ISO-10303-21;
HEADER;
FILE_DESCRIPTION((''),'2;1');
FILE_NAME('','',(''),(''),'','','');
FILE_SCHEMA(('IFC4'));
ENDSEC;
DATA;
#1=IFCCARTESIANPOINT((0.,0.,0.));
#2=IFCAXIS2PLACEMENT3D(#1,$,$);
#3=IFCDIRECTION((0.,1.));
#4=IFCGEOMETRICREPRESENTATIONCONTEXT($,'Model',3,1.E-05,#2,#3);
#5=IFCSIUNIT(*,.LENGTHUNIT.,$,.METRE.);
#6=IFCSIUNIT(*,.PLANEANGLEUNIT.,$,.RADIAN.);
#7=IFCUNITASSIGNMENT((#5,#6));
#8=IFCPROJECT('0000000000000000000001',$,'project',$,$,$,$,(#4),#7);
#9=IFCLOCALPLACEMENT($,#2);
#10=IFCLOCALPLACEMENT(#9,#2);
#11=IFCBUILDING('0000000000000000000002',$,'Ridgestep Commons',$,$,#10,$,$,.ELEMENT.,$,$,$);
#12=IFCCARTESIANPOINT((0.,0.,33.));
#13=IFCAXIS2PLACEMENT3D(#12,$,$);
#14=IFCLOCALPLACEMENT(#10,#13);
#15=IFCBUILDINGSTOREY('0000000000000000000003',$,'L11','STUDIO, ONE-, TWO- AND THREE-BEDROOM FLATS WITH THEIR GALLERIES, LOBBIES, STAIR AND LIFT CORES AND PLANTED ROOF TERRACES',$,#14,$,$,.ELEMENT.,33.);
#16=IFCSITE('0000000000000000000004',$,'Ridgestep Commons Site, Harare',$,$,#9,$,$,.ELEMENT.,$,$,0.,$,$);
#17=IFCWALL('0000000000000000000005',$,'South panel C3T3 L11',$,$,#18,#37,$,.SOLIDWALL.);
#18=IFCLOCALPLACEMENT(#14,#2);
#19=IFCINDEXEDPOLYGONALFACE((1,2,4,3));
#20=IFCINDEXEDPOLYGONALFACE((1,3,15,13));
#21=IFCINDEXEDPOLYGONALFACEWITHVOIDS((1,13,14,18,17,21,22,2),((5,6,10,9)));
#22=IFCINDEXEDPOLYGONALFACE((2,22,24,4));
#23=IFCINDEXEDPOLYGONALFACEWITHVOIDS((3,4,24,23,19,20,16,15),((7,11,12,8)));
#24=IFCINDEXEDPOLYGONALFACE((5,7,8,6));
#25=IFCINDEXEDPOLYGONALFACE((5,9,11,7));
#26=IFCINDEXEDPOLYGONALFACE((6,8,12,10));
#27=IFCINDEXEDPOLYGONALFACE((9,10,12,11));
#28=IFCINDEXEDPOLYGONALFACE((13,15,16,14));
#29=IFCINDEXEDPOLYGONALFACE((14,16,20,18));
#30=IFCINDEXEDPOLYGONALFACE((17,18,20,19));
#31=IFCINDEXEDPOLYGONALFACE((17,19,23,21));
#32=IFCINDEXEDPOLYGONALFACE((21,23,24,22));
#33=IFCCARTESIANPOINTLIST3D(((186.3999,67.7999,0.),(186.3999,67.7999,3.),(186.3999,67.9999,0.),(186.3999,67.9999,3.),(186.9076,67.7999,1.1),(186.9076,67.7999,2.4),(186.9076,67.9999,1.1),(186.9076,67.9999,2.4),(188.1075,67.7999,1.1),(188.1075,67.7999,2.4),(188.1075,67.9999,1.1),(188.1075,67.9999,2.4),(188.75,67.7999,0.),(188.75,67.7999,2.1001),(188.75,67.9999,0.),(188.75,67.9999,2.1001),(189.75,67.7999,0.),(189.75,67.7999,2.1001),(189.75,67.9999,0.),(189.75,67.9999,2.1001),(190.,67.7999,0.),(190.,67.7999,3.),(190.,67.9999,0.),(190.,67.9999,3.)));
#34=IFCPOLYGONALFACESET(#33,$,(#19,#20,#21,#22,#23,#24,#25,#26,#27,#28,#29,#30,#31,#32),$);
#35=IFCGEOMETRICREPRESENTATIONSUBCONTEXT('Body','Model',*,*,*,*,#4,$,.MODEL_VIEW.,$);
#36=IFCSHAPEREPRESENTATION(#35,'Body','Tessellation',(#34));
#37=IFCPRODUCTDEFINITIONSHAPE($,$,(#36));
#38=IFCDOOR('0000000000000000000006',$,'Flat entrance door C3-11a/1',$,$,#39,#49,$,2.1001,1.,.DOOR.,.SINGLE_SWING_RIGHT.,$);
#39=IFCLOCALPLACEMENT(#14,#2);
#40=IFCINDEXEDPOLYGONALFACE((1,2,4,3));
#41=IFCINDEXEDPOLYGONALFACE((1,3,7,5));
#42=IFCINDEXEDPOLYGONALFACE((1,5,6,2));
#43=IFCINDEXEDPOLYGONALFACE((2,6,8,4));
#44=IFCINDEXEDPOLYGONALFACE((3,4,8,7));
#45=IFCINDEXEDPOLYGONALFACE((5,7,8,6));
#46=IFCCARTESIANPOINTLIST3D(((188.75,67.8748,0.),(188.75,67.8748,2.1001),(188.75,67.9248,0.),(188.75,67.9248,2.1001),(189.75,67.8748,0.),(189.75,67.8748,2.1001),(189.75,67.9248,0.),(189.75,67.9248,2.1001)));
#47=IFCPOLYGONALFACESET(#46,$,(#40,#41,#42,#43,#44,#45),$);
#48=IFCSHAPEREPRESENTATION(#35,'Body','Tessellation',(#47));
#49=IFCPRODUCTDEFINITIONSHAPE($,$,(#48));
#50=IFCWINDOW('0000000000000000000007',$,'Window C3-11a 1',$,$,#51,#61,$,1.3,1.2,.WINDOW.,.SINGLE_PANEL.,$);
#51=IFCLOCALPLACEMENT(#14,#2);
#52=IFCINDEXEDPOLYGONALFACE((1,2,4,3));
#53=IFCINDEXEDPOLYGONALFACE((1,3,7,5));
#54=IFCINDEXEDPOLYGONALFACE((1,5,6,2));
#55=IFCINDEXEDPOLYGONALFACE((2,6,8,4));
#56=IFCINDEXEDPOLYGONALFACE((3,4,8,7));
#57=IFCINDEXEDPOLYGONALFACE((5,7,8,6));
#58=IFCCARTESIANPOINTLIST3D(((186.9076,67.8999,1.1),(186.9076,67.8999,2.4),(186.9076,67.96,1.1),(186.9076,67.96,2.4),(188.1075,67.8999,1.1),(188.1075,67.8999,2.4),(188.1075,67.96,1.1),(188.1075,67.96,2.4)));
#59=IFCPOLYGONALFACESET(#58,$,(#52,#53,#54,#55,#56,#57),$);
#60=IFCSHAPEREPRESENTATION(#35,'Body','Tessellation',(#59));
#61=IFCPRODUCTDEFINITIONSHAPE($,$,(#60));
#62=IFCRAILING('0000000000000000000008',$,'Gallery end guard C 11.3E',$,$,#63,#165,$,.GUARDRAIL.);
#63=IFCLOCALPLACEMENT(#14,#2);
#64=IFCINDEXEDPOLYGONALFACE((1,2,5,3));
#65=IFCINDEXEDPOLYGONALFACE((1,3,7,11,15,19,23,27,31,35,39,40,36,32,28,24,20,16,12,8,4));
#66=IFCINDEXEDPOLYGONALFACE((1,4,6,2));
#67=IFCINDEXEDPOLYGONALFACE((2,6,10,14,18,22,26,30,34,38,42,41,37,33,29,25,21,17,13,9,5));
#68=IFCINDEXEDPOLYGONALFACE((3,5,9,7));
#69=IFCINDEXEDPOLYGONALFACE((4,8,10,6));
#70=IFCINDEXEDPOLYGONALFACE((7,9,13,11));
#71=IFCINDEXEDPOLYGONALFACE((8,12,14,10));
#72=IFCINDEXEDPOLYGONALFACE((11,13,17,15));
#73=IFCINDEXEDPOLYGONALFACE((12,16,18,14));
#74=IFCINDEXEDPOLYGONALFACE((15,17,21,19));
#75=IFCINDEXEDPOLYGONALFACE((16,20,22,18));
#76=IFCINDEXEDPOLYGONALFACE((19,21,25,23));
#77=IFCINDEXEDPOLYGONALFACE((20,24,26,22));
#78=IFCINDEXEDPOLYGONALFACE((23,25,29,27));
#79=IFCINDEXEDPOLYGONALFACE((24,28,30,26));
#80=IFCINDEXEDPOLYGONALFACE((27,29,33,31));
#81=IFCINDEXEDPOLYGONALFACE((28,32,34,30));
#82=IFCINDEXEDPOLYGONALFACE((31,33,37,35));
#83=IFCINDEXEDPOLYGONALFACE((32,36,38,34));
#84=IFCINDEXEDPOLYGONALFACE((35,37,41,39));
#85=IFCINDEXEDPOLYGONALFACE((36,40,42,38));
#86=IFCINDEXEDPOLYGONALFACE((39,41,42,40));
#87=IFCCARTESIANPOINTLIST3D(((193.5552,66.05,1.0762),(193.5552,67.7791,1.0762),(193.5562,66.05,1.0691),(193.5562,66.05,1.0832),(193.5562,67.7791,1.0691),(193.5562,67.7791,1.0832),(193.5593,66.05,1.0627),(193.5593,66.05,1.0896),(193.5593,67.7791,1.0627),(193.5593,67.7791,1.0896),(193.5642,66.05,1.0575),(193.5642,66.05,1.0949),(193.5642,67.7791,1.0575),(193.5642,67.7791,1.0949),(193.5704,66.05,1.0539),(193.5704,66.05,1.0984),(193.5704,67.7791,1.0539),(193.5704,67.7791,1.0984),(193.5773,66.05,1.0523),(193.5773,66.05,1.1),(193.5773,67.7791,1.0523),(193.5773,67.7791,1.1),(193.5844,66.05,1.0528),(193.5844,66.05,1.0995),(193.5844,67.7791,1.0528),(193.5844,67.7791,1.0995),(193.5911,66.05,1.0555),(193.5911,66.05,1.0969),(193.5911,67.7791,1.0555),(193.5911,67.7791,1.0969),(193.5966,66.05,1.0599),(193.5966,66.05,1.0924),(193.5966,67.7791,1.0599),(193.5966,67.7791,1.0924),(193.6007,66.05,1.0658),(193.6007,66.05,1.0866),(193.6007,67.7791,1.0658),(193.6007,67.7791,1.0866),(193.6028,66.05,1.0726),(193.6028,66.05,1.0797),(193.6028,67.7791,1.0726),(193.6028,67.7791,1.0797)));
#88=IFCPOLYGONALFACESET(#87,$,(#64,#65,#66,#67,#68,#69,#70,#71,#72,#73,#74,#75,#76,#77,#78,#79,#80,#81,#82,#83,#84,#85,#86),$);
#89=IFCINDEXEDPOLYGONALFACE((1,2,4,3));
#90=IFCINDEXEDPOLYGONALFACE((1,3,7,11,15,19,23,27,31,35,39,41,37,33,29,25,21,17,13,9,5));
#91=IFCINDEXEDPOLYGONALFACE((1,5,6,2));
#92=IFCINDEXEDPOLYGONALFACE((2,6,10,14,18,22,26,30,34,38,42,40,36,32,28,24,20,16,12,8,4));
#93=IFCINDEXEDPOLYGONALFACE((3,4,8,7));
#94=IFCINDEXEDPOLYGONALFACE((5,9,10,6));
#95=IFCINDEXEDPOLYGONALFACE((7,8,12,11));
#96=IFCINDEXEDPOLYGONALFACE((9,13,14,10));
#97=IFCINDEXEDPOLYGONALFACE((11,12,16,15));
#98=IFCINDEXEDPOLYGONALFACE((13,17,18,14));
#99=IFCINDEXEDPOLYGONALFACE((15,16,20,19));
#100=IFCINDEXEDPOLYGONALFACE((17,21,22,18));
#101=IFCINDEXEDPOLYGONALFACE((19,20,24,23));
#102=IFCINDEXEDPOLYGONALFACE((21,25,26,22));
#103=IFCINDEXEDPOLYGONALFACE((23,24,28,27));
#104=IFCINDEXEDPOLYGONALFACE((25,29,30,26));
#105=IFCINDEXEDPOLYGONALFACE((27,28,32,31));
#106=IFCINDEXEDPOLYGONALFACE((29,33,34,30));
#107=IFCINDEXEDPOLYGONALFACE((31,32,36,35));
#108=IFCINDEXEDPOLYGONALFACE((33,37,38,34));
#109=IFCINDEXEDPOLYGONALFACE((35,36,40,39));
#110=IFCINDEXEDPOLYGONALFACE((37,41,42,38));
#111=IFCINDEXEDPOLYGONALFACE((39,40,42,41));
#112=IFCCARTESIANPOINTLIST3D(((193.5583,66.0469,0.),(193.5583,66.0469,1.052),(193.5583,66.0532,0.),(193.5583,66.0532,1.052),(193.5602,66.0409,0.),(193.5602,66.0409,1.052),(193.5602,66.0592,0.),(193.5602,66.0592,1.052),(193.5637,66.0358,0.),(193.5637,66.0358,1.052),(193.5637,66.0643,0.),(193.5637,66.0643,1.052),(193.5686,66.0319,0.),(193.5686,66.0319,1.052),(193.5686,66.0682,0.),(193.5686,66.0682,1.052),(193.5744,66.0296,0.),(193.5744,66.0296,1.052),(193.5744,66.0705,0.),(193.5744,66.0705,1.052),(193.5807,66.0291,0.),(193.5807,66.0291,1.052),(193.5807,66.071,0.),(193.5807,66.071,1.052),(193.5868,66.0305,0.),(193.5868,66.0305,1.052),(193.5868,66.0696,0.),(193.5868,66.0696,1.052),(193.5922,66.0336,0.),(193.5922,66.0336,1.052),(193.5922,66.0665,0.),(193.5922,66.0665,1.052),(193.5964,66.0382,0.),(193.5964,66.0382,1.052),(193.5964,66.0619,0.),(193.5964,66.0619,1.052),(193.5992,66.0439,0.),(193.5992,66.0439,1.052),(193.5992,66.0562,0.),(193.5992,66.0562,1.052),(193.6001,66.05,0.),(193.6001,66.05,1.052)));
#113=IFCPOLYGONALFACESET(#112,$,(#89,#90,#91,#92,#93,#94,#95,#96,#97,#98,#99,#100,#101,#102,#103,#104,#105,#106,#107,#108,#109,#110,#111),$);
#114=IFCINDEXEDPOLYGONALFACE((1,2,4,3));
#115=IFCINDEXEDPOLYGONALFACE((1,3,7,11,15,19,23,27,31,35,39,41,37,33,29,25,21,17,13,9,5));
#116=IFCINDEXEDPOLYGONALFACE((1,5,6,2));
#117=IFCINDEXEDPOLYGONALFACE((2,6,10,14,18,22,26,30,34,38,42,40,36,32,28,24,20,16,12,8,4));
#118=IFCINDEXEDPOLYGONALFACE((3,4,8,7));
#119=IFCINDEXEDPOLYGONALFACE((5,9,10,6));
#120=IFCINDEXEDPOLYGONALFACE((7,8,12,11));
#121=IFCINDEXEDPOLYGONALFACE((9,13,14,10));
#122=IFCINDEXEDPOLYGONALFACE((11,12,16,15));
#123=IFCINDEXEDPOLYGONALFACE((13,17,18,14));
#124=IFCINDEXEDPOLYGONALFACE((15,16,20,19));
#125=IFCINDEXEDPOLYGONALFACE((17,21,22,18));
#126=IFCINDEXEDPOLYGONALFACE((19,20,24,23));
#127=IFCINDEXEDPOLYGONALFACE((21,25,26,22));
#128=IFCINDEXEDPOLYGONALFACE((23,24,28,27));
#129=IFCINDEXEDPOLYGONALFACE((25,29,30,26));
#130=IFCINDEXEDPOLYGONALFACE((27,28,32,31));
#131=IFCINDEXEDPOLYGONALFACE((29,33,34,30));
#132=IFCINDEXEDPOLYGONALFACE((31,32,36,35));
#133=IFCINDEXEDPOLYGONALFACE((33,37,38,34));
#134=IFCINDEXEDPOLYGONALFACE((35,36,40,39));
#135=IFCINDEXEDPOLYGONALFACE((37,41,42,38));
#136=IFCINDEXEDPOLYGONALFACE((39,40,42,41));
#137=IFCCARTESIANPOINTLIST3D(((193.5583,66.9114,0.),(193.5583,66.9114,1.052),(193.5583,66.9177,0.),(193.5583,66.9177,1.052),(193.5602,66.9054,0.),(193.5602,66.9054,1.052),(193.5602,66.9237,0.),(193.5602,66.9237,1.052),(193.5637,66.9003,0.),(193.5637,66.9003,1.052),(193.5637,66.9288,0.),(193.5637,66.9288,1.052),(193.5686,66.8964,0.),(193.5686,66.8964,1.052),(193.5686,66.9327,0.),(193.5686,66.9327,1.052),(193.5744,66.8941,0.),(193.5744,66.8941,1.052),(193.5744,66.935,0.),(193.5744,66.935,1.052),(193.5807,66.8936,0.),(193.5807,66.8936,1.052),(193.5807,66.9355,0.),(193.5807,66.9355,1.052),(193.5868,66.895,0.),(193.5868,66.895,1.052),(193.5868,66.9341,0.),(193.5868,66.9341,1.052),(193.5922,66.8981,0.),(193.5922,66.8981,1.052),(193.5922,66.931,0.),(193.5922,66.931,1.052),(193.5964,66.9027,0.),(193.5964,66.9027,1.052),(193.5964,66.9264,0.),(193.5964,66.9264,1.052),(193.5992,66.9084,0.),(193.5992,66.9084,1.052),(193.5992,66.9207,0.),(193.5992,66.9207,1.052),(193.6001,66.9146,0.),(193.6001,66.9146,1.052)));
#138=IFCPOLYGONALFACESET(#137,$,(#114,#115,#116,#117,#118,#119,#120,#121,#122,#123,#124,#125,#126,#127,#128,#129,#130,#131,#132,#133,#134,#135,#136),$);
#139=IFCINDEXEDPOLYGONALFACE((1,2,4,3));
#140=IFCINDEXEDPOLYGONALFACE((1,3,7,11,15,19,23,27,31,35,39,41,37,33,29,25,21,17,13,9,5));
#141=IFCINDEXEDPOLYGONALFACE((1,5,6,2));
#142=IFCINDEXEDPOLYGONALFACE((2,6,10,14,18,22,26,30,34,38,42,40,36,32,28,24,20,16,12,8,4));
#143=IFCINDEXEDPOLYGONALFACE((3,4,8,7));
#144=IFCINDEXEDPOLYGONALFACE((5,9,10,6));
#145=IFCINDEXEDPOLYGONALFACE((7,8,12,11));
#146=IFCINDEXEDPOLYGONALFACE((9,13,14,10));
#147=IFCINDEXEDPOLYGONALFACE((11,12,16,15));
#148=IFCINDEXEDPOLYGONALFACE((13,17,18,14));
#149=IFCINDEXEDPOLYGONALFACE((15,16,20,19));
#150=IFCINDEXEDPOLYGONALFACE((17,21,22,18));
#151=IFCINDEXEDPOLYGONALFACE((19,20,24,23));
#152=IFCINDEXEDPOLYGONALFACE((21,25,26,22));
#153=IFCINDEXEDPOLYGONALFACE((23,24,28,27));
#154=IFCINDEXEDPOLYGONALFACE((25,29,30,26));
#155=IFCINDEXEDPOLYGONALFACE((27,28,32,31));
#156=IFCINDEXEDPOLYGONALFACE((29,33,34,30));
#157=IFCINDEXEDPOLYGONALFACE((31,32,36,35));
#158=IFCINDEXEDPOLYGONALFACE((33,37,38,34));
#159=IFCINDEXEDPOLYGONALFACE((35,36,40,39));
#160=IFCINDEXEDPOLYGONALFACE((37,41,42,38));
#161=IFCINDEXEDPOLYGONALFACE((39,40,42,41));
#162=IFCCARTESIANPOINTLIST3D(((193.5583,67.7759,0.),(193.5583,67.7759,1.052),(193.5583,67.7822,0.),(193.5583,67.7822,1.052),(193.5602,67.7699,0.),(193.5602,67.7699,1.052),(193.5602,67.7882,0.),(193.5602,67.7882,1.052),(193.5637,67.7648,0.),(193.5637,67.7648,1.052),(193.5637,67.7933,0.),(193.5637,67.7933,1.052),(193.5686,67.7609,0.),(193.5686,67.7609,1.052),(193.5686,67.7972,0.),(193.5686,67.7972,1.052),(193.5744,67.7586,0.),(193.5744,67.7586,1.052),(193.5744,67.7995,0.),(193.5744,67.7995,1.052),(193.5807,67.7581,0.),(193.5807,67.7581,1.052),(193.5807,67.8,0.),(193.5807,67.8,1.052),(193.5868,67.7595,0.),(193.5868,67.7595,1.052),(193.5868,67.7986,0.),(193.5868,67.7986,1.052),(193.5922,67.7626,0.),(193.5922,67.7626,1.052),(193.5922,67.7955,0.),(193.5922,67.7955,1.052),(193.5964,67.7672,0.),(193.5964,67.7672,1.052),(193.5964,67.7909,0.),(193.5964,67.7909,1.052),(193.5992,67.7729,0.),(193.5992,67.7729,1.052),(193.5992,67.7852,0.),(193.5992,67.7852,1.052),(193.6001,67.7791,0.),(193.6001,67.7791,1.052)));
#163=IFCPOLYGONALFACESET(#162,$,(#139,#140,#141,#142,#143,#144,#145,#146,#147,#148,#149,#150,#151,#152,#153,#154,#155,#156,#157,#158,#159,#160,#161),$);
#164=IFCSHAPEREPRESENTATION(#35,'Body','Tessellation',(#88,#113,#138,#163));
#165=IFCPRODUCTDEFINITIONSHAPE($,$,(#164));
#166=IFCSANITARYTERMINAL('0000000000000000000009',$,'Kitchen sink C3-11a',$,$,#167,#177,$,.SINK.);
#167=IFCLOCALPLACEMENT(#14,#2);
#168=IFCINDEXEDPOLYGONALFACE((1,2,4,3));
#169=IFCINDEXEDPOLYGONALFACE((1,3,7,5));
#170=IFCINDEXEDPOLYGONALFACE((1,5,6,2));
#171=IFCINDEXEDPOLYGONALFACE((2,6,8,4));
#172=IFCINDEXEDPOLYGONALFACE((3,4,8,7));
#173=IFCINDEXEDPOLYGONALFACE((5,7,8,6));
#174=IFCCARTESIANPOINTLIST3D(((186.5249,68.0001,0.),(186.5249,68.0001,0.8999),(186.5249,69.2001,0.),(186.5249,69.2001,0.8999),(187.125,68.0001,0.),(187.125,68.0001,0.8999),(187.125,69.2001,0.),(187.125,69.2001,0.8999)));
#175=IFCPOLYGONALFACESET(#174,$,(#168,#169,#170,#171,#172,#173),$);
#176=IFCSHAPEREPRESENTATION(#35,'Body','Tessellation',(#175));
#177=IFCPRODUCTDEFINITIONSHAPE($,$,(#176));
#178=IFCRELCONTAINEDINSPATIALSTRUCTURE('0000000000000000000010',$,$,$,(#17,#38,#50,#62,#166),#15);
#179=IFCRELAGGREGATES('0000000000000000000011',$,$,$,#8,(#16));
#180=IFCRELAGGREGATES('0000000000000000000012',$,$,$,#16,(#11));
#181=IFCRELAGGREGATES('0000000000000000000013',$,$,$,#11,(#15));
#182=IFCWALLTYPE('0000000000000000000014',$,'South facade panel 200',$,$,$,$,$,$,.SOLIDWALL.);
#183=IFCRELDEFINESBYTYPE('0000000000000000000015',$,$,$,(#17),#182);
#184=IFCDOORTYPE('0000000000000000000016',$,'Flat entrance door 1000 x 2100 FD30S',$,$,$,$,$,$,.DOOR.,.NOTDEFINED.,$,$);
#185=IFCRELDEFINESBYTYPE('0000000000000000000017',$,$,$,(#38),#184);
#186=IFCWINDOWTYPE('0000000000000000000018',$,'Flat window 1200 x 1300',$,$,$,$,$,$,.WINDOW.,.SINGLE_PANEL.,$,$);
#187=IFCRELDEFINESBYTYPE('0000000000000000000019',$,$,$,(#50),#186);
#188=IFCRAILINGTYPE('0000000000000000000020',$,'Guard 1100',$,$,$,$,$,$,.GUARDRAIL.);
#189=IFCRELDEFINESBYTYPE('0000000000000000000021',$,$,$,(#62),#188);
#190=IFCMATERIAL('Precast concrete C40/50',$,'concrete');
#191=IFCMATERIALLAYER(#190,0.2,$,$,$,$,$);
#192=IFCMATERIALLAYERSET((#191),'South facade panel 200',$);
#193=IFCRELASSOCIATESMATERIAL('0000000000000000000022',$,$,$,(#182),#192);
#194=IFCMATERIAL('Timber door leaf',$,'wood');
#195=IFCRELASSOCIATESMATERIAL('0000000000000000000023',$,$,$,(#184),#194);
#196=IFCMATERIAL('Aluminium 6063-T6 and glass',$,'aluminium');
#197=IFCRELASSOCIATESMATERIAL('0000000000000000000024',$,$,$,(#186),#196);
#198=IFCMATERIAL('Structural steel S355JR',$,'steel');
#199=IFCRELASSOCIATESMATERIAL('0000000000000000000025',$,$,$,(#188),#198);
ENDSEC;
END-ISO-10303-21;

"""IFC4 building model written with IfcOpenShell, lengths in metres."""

from ifc_helpers import new_model, si_unit, direction, frame, frame_2d, origin, origin_2d, place, context, subcontext, project, spatial, rectangle, circle, extrude, material, layer, layer_set, type_object, element, fill, save


model = new_model("IFC4")

# Units and contexts
model_context = context("Model", 3, precision=1e-05, world=origin(), true_north=direction((0.0, 1.0)))
body_context = subcontext(model_context, "Body", "Model", "MODEL_VIEW")
ifc_project = project(units=[si_unit("LENGTHUNIT", "METRE"), si_unit("PLANEANGLEUNIT", "RADIAN")], contexts=[model_context])

# Site, building, storey
site_placement = place(None, origin())
site = spatial("IfcSite", under=ifc_project, at=site_placement, Name="Ridgestep Commons Site, Harare", CompositionType="ELEMENT", RefElevation=0.0)
building_placement = place(site_placement, origin())
building = spatial("IfcBuilding", under=site, at=building_placement, Name="Ridgestep Commons", CompositionType="ELEMENT")
storey_placement = place(building_placement, frame((0.0, 0.0, 33.0)))
storey = spatial("IfcBuildingStorey", under=building, at=storey_placement, Name="L11", Description="STUDIO, ONE-, TWO- AND THREE-BEDROOM FLATS WITH THEIR GALLERIES, LOBBIES, STAIR AND LIFT CORES AND PLANTED ROOF TERRACES", CompositionType="ELEMENT", Elevation=33.0)

# Wall, openings, door, window
ifc_material_1 = material(Name="Precast concrete C40/50", Category="concrete")
ifc_layer_1 = layer(ifc_material_1, 0.2)
ifc_layer_set_1 = layer_set([ifc_layer_1], Name="South facade panel 200")
wall_type_1 = type_object("IfcWallType", Name="South facade panel 200", PredefinedType="SOLIDWALL", material=ifc_layer_set_1)
wall_1_placement = place(storey_placement, frame((186.3999, 67.8999, 0.0), z_axis=(0.0, 0.0, 1.0), x_axis=(1.0, 0.0, 0.0)))
wall_1 = element("IfcWall", 1, at=wall_1_placement, inside=storey, type_object=wall_type_1, Name="South panel C3T3 L11", PredefinedType="SOLIDWALL", context=body_context, shape_type="SweptSolid", body=[
    extrude(rectangle(XDim=3.6001, YDim=0.2, at=frame_2d((1.8, 0.0))), origin(), (0.0, 0.0, 1.0), 3.0),
])
opening_1_placement = place(wall_1_placement, frame((0.5076, 0.0, 1.1001)))
opening_1 = element("IfcOpeningElement", 2, at=opening_1_placement, cuts=wall_1, PredefinedType="OPENING", context=body_context, shape_type="SweptSolid", body=[
    extrude(rectangle(XDim=1.2, YDim=1.3, at=frame_2d((0.6001, 0.6499))), frame((0.0, 0.1099, 0.0), z_axis=(0.0, -1.0, 0.0), x_axis=(1.0, 0.0, 0.0)), (0.0, 0.0, 1.0), 0.22),
])
opening_2_placement = place(wall_1_placement, frame((2.3501, 0.0, 0.0)))
opening_2 = element("IfcOpeningElement", 3, at=opening_2_placement, cuts=wall_1, PredefinedType="OPENING", context=body_context, shape_type="SweptSolid", body=[
    extrude(rectangle(XDim=1.0, YDim=2.1001, at=frame_2d((0.5, 1.05))), frame((0.0, 0.1099, 0.0), z_axis=(0.0, -1.0, 0.0), x_axis=(1.0, 0.0, 0.0)), (0.0, 0.0, 1.0), 0.22),
])
ifc_material_2 = material(Name="Timber door leaf", Category="wood")
door_type_1 = type_object("IfcDoorType", Name="Flat entrance door 1000 x 2100 FD30S", OperationType="NOTDEFINED", PredefinedType="DOOR", material=ifc_material_2)
door_1_placement = place(opening_2_placement, origin())
door_1 = element("IfcDoor", 4, at=door_1_placement, inside=storey, type_object=door_type_1, Name="Flat entrance door C3-11a/1", OperationType="SINGLE_SWING_RIGHT", OverallHeight=2.1001, OverallWidth=1.0, PredefinedType="DOOR", context=body_context, shape_type="SweptSolid", body=[
    extrude(rectangle(XDim=1.0, YDim=2.1001, at=frame_2d((0.5, 1.05))), frame((0.0, 0.0249, 0.0), z_axis=(0.0, -1.0, 0.0), x_axis=(1.0, 0.0, 0.0)), (0.0, 0.0, 1.0), 0.05),
])
fill(opening_2, door_1)
ifc_material_3 = material(Name="Aluminium 6063-T6 and glass", Category="aluminium")
window_type_1 = type_object("IfcWindowType", Name="Flat window 1200 x 1300", PartitioningType="SINGLE_PANEL", PredefinedType="WINDOW", material=ifc_material_3)
window_1_placement = place(opening_1_placement, origin())
window_1 = element("IfcWindow", 5, at=window_1_placement, inside=storey, type_object=window_type_1, Name="Window C3-11a 1", OverallHeight=1.3, OverallWidth=1.2, PartitioningType="SINGLE_PANEL", PredefinedType="WINDOW", context=body_context, shape_type="SweptSolid", body=[
    extrude(rectangle(XDim=1.2, YDim=1.3, at=frame_2d((0.6001, 0.6499))), frame((0.0, 0.0601, 0.0), z_axis=(0.0, -1.0, 0.0), x_axis=(1.0, 0.0, 0.0)), (0.0, 0.0, 1.0), 0.0601),
])
fill(opening_1, window_1)

# Railing
ifc_material_4 = material(Name="Structural steel S355JR", Category="steel")
railing_type = type_object("IfcRailingType", Name="Guard 1100", PredefinedType="GUARDRAIL", material=ifc_material_4)
railing_1_placement = place(storey_placement, frame((193.5791, 66.05, 0.0)))
element("IfcRailing", 6, at=railing_1_placement, inside=storey, type_object=railing_type, Name="Gallery end guard C 11.3E", PredefinedType="GUARDRAIL", context=body_context, shape_type="SweptSolid", body=[
    extrude(circle(Radius=0.0239, at=origin_2d()), frame((0.0, 0.0, 1.0762), z_axis=(0.0, 1.0, 0.0), x_axis=(-1.0, 0.0, 0.0)), (0.0, 0.0, 1.0), 1.729),
    extrude(circle(Radius=0.021, at=origin_2d()), origin(), (0.0, 0.0, 1.0), 1.052),
    extrude(circle(Radius=0.021, at=origin_2d()), frame((0.0, 0.8645, 0.0)), (0.0, 0.0, 1.0), 1.052),
    extrude(circle(Radius=0.021, at=origin_2d()), frame((0.0, 1.729, 0.0)), (0.0, 0.0, 1.0), 1.052),
])

# Sanitary terminal
sanitary_terminal_placement = place(storey_placement, frame((186.825, 68.6001, 0.0), z_axis=(0.0, 0.0, 1.0), x_axis=(1.0, 0.0, 0.0)))
element("IfcSanitaryTerminal", 7, at=sanitary_terminal_placement, inside=storey, Name="Kitchen sink C3-11a", PredefinedType="SINK", context=body_context, shape_type="SweptSolid", body=[
    extrude(rectangle(XDim=0.6001, YDim=1.2, at=origin_2d()), origin(), (0.0, 0.0, 1.0), 0.8999),
])

save(model, "model.ifc")
